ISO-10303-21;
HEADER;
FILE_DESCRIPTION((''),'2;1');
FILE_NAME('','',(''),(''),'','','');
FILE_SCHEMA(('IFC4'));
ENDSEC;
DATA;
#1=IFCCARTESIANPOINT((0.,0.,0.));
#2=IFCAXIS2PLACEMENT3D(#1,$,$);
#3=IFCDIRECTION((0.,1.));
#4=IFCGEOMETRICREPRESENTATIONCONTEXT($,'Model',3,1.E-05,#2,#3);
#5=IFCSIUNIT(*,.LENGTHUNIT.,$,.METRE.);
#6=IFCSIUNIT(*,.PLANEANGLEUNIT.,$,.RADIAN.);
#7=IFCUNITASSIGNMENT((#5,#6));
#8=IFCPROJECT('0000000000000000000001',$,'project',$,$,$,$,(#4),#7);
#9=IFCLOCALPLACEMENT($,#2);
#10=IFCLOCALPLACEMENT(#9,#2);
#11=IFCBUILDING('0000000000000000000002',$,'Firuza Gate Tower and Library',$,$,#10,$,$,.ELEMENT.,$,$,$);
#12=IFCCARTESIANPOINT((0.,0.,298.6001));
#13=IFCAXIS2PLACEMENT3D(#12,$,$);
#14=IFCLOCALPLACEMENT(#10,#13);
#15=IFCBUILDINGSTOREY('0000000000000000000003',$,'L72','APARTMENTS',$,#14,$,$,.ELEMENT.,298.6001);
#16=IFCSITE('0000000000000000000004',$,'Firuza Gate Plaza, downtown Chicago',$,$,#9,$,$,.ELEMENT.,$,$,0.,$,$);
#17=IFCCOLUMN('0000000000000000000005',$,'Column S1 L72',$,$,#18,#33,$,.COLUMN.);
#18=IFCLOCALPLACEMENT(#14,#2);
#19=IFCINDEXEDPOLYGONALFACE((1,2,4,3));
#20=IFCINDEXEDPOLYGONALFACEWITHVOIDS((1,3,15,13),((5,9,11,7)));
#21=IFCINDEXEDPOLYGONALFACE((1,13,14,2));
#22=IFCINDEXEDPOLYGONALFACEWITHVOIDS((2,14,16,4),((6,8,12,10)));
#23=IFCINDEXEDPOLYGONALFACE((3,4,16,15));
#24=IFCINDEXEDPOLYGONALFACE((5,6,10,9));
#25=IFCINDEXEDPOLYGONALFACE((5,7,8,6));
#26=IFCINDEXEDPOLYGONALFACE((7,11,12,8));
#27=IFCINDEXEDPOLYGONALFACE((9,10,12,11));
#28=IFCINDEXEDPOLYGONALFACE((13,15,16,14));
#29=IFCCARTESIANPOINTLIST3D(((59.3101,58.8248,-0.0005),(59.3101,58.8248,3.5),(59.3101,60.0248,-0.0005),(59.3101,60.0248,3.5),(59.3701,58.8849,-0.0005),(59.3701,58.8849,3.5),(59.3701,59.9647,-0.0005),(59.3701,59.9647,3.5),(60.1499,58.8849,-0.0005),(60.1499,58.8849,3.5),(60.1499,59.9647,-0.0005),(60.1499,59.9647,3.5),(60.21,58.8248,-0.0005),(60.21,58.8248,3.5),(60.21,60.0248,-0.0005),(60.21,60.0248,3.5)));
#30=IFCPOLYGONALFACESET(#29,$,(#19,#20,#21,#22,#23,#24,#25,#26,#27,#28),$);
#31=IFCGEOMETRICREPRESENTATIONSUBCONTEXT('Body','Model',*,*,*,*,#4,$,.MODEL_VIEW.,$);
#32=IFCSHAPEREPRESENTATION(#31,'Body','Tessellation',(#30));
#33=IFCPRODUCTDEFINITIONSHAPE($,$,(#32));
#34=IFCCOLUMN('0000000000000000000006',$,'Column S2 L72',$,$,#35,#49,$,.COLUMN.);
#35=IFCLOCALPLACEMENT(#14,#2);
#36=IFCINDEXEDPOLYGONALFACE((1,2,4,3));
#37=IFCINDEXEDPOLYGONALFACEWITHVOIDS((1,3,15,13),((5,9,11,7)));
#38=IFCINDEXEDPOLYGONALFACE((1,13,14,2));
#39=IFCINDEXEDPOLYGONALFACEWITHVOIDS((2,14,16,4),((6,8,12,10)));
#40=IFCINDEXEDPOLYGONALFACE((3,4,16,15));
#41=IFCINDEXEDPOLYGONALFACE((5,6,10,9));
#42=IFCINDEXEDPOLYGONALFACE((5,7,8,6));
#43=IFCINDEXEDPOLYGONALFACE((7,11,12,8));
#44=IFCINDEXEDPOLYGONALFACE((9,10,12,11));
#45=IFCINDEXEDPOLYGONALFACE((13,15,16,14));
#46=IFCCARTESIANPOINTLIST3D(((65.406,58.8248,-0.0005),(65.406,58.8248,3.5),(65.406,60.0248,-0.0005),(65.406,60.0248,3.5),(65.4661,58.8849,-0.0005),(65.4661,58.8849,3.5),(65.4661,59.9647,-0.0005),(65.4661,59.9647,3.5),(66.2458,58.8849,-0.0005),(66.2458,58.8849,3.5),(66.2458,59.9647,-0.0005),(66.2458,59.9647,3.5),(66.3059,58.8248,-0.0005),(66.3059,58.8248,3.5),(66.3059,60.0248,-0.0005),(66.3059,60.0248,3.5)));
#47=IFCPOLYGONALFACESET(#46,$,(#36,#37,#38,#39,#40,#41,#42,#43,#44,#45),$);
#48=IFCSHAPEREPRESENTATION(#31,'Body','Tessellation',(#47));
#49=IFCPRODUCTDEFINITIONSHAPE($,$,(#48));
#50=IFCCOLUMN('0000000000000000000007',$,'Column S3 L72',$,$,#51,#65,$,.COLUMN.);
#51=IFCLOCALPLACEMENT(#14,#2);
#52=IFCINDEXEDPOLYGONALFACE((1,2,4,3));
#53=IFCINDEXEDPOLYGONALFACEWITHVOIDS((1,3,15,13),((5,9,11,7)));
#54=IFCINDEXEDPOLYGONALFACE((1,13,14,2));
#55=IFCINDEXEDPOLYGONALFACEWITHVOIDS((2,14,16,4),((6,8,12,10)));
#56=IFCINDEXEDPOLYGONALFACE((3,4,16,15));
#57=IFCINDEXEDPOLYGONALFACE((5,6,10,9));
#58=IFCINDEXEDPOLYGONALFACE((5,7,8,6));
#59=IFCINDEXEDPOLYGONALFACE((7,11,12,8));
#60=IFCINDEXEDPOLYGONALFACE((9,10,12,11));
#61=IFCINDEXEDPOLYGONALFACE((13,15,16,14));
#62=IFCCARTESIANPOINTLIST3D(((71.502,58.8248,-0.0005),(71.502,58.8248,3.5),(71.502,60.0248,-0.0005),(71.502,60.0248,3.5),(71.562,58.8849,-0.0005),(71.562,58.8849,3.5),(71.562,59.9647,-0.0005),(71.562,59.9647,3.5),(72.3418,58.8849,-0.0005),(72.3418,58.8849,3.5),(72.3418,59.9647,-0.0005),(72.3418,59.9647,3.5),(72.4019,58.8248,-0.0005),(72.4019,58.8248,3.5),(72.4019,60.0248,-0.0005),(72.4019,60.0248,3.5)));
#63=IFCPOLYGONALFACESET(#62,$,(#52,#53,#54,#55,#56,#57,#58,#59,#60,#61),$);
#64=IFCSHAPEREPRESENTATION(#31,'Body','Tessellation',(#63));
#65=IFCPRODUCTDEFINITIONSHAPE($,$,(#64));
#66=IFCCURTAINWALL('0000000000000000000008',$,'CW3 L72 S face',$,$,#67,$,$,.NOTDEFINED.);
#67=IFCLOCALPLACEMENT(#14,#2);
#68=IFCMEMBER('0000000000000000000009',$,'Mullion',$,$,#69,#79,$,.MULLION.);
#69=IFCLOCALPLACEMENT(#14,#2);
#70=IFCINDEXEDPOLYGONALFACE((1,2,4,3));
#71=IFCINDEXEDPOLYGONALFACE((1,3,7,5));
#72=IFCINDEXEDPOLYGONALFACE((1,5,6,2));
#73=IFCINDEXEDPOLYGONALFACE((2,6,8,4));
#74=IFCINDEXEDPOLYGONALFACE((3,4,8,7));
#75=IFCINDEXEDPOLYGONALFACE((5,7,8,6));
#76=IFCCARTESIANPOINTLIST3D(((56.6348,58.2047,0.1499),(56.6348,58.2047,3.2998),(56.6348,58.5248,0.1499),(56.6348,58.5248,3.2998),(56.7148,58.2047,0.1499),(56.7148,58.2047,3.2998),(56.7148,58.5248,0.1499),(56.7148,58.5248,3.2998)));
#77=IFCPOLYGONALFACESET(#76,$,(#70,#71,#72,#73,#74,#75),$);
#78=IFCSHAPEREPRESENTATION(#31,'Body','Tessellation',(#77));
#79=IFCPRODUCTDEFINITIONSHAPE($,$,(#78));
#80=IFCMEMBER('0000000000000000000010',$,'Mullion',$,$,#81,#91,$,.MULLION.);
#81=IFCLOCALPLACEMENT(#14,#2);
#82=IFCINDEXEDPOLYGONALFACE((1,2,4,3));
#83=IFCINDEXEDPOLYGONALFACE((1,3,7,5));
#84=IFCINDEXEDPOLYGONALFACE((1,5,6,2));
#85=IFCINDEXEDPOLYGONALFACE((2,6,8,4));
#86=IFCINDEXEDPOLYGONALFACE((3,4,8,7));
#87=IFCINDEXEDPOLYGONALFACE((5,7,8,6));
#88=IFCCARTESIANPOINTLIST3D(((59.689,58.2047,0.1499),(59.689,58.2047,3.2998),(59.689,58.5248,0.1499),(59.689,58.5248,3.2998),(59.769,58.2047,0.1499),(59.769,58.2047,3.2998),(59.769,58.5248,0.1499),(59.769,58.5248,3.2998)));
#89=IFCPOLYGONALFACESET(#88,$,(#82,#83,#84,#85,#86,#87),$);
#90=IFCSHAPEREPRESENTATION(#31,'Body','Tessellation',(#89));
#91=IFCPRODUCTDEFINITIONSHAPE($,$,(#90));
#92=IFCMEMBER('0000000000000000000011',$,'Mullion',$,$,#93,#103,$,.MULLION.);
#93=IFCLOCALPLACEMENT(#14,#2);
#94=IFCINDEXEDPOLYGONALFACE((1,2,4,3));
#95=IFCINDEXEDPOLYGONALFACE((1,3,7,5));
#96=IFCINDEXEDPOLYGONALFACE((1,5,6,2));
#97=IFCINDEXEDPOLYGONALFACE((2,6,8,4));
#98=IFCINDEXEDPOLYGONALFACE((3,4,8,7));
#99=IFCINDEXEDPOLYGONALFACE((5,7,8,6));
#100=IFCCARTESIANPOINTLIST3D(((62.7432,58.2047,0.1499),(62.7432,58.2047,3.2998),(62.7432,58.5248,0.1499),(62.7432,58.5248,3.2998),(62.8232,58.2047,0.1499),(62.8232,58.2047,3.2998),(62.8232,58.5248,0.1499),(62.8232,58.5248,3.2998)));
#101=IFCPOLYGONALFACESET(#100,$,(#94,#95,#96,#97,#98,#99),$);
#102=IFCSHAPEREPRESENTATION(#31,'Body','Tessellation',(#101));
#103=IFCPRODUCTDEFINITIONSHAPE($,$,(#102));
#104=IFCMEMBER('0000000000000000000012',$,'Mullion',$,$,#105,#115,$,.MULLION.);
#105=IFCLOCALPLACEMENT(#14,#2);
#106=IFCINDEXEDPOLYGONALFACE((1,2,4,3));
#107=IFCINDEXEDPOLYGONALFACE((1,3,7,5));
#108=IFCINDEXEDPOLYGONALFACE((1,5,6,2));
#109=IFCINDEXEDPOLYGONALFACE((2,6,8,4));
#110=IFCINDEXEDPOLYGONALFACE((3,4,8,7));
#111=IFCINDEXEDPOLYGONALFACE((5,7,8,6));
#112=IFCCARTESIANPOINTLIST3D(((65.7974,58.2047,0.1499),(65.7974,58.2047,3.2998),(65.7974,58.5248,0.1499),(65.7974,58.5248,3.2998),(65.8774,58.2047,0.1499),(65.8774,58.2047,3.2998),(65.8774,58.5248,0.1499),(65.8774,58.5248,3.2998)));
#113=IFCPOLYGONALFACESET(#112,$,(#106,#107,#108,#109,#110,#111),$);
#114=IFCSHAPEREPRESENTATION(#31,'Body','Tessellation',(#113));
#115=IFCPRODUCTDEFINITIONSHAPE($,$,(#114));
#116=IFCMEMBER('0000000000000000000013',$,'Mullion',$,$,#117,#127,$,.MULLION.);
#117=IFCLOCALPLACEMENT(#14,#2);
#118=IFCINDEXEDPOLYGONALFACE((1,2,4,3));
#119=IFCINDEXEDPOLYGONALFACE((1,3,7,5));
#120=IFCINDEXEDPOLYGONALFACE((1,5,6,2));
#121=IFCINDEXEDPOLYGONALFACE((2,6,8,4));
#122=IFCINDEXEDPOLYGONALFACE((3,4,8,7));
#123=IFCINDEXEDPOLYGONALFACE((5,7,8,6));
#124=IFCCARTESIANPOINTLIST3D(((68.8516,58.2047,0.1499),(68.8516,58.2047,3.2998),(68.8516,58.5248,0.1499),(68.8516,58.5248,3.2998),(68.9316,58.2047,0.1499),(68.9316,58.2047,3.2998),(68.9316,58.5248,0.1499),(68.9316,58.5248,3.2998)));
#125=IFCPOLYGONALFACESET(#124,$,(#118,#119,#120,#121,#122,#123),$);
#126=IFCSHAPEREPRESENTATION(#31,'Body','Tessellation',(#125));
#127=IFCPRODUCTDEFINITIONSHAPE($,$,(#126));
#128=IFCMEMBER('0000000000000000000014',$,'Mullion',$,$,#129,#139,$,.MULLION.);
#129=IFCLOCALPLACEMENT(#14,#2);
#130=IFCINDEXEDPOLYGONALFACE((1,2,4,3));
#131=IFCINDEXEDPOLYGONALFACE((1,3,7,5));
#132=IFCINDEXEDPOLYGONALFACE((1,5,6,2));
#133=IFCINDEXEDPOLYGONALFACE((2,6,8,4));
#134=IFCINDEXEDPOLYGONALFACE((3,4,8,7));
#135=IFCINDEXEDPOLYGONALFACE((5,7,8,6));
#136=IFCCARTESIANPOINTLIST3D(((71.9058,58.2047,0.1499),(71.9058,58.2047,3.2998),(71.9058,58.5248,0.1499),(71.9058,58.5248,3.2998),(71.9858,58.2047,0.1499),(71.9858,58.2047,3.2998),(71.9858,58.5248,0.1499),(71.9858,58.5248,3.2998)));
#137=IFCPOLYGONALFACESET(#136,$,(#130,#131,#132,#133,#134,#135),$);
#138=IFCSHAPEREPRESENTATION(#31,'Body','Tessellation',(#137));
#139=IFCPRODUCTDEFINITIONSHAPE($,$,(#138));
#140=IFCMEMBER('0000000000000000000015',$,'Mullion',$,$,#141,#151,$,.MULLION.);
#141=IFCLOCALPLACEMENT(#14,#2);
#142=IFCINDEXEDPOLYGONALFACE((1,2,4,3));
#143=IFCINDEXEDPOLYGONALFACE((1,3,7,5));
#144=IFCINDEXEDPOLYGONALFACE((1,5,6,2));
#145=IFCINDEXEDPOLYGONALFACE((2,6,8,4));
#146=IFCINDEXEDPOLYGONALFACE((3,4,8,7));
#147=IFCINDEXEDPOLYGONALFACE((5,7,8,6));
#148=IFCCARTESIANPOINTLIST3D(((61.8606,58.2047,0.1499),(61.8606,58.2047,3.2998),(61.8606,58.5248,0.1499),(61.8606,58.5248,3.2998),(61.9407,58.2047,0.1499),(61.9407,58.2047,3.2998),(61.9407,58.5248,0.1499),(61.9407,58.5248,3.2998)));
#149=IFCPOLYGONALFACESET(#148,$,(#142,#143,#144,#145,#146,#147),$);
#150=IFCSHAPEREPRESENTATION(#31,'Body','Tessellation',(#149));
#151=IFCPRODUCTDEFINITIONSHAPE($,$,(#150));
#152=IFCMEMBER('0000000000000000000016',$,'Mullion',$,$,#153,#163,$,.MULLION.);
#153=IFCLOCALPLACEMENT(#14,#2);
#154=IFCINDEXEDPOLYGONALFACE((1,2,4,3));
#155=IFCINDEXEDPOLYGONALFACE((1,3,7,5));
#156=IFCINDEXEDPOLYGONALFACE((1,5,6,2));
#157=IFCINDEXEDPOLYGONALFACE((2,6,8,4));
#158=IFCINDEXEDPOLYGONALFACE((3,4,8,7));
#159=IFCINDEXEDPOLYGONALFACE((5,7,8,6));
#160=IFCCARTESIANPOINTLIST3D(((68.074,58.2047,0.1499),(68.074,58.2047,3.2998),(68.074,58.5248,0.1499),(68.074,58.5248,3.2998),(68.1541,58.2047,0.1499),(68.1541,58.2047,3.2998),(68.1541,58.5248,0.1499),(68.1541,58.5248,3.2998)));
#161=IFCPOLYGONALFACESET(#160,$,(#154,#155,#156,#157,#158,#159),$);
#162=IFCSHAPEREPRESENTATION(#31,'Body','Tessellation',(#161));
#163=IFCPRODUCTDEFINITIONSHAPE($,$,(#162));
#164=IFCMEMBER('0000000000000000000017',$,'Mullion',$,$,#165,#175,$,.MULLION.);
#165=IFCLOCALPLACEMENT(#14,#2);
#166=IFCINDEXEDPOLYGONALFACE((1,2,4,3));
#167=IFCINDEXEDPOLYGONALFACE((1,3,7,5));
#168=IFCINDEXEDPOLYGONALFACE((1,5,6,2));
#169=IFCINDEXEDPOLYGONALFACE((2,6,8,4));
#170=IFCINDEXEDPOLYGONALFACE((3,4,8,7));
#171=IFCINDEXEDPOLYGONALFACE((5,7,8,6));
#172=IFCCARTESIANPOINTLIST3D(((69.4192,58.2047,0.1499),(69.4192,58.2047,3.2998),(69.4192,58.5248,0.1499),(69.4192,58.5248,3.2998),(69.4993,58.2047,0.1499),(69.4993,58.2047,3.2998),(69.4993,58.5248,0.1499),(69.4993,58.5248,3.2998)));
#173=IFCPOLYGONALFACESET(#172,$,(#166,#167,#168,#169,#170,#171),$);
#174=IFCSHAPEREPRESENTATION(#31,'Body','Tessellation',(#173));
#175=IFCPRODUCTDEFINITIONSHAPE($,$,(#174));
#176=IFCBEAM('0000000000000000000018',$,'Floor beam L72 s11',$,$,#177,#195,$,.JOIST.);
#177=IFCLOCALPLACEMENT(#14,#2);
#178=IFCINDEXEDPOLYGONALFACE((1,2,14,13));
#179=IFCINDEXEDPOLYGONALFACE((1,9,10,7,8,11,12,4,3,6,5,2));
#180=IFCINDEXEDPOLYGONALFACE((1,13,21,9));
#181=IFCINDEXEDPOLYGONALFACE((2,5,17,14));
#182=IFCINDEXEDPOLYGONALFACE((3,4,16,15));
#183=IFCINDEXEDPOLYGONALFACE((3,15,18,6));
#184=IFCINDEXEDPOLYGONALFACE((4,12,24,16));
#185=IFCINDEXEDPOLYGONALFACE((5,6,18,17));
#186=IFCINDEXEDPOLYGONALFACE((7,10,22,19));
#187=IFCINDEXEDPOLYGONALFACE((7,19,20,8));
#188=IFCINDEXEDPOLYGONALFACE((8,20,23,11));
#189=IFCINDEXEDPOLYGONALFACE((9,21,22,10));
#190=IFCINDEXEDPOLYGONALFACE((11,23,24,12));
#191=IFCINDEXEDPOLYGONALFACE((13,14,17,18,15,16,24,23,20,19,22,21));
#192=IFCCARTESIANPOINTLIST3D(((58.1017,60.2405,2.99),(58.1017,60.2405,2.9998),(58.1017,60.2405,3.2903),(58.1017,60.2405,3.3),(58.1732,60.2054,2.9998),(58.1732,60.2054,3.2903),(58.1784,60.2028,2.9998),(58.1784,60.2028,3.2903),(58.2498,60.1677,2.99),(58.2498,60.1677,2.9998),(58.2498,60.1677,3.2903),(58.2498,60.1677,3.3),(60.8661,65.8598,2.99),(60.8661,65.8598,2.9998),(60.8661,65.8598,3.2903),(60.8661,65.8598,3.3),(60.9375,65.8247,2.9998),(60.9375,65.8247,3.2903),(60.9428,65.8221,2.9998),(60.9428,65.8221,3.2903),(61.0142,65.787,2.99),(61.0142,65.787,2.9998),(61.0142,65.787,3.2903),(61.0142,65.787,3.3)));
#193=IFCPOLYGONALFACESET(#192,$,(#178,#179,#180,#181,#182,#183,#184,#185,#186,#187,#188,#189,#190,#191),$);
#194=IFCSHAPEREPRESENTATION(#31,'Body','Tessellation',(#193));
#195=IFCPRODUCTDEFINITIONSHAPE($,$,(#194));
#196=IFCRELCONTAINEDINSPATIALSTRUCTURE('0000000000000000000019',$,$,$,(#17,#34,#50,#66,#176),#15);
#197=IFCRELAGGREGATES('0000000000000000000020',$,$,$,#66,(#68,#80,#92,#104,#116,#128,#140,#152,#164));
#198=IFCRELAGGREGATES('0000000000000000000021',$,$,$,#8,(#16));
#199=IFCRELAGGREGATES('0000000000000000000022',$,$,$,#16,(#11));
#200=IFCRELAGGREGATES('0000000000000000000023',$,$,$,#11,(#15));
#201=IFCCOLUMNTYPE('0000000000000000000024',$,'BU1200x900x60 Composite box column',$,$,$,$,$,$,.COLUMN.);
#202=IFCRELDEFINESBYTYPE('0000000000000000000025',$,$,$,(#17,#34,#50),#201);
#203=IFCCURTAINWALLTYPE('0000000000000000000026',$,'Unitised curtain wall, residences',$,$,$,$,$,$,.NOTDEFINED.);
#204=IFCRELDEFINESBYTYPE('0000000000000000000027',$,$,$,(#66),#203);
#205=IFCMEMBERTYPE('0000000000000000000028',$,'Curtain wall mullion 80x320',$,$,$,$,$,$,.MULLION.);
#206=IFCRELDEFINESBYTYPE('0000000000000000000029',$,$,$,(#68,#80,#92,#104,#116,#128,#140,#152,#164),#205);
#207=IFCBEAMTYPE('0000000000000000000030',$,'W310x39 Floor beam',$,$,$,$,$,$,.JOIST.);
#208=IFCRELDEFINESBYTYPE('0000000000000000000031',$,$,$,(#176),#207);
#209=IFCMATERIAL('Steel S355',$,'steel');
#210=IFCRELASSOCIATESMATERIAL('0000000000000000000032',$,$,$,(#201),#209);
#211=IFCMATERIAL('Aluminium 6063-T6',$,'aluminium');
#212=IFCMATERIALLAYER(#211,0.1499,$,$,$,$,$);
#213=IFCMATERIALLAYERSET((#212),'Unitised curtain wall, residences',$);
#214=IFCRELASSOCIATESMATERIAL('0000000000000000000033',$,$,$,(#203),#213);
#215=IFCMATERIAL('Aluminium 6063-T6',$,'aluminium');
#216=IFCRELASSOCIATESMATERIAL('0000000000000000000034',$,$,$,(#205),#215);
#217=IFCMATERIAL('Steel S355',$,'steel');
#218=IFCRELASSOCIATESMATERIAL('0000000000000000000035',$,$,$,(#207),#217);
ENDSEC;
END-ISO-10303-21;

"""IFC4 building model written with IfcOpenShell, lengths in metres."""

from ifc_helpers import new_model, si_unit, direction, frame, origin, origin_2d, place, context, subcontext, project, spatial, rectangle, hollow_rectangle, i_section, extrude, material, layer, layer_set, material_profile, profile_set, type_object, element, aggregate, save


model = new_model("IFC4")

# Units and contexts
model_context = context("Model", 3, precision=1e-05, world=origin(), true_north=direction((0.0, 1.0)))
body_context = subcontext(model_context, "Body", "Model", "MODEL_VIEW")
ifc_project = project(units=[si_unit("LENGTHUNIT", "METRE"), si_unit("PLANEANGLEUNIT", "RADIAN")], contexts=[model_context])

# Site, building, storey
site_placement = place(None, origin())
site = spatial("IfcSite", under=ifc_project, at=site_placement, Name="Firuza Gate Plaza, downtown Chicago", CompositionType="ELEMENT", RefElevation=0.0)
building_placement = place(site_placement, origin())
building = spatial("IfcBuilding", under=site, at=building_placement, Name="Firuza Gate Tower and Library", CompositionType="ELEMENT")
storey_placement = place(building_placement, frame((0.0, 0.0, 298.6001)))
storey = spatial("IfcBuildingStorey", under=building, at=storey_placement, Name="L72", Description="APARTMENTS", CompositionType="ELEMENT", Elevation=298.6001)

# Columns
ifc_material_1 = material(Name="Steel S355", Category="steel")
ifc_material_profile_1 = material_profile(ifc_material_1, hollow_rectangle(XDim=0.8999, YDim=1.2, WallThickness=0.0601, at=origin_2d()))
ifc_profile_set_1 = profile_set([ifc_material_profile_1], Name="Steel S355")
column_type = type_object("IfcColumnType", Name="BU1200x900x60 Composite box column", PredefinedType="COLUMN", material=ifc_profile_set_1)
for number, where, z_axis, x_axis, name in (
    (1, (59.76, 59.4248, -0.0005), (0.0, 0.0, 1.0), (1.0, 0.0, 0.0), "Column S1 L72"),
    (2, (65.856, 59.4248, -0.0005), (0.0, 0.0, 1.0), (1.0, 0.0, 0.0), "Column S2 L72"),
    (3, (71.9519, 59.4248, -0.0005), (0.0, 0.0, 1.0), (1.0, 0.0, 0.0), "Column S3 L72"),
):
    element("IfcColumn", number, at=place(storey_placement, frame(where, z_axis=z_axis, x_axis=x_axis)), inside=storey, type_object=column_type, Name=name, PredefinedType="COLUMN", context=body_context, shape_type="SweptSolid", body=[
        extrude(hollow_rectangle(XDim=0.8999, YDim=1.2, WallThickness=0.0601, at=origin_2d()), origin(), (0.0, 0.0, 1.0), 3.5005),
    ])

# Curtain wall, members
ifc_material_2 = material(Name="Aluminium 6063-T6", Category="aluminium")
ifc_layer_1 = layer(ifc_material_2, 0.1499)
ifc_layer_set_1 = layer_set([ifc_layer_1], Name="Unitised curtain wall, residences")
curtain_wall_type = type_object("IfcCurtainWallType", Name="Unitised curtain wall, residences", PredefinedType="NOTDEFINED", material=ifc_layer_set_1)
curtain_wall_placement = place(storey_placement, origin())
curtain_wall = element("IfcCurtainWall", 4, at=curtain_wall_placement, inside=storey, type_object=curtain_wall_type, Name="CW3 L72 S face", PredefinedType="NOTDEFINED")
ifc_material_3 = material(Name="Aluminium 6063-T6", Category="aluminium")
ifc_material_profile_2 = material_profile(ifc_material_3, rectangle(XDim=0.3201, YDim=0.0801, at=origin_2d()))
ifc_profile_set_2 = profile_set([ifc_material_profile_2], Name="Aluminium 6063-T6")
member_type = type_object("IfcMemberType", Name="Curtain wall mullion 80x320", PredefinedType="MULLION", material=ifc_profile_set_2)
member_1_placement = place(storey_placement, frame((56.6748, 58.3647, 0.1499), z_axis=(0.0, 0.0, 1.0), x_axis=(0.0, 1.0, 0.0)))
member_1 = element("IfcMember", 5, at=member_1_placement, type_object=member_type, Name="Mullion", PredefinedType="MULLION", context=body_context, shape_type="SweptSolid", body=[
    extrude(rectangle(XDim=0.3201, YDim=0.0801, at=origin_2d()), origin(), (0.0, 0.0, 1.0), 3.1499),
])
member_2_placement = place(storey_placement, frame((59.729, 58.3647, 0.1499), z_axis=(0.0, 0.0, 1.0), x_axis=(0.0, 1.0, 0.0)))
member_2 = element("IfcMember", 6, at=member_2_placement, type_object=member_type, Name="Mullion", PredefinedType="MULLION", context=body_context, shape_type="SweptSolid", body=[
    extrude(rectangle(XDim=0.3201, YDim=0.0801, at=origin_2d()), origin(), (0.0, 0.0, 1.0), 3.1499),
])
member_3_placement = place(storey_placement, frame((62.7832, 58.3647, 0.1499), z_axis=(0.0, 0.0, 1.0), x_axis=(0.0, 1.0, 0.0)))
member_3 = element("IfcMember", 7, at=member_3_placement, type_object=member_type, Name="Mullion", PredefinedType="MULLION", context=body_context, shape_type="SweptSolid", body=[
    extrude(rectangle(XDim=0.3201, YDim=0.0801, at=origin_2d()), origin(), (0.0, 0.0, 1.0), 3.1499),
])
member_4_placement = place(storey_placement, frame((65.8374, 58.3647, 0.1499), z_axis=(0.0, 0.0, 1.0), x_axis=(0.0, 1.0, 0.0)))
member_4 = element("IfcMember", 8, at=member_4_placement, type_object=member_type, Name="Mullion", PredefinedType="MULLION", context=body_context, shape_type="SweptSolid", body=[
    extrude(rectangle(XDim=0.3201, YDim=0.0801, at=origin_2d()), origin(), (0.0, 0.0, 1.0), 3.1499),
])
member_5_placement = place(storey_placement, frame((68.8916, 58.3647, 0.1499), z_axis=(0.0, 0.0, 1.0), x_axis=(0.0, 1.0, 0.0)))
member_5 = element("IfcMember", 9, at=member_5_placement, type_object=member_type, Name="Mullion", PredefinedType="MULLION", context=body_context, shape_type="SweptSolid", body=[
    extrude(rectangle(XDim=0.3201, YDim=0.0801, at=origin_2d()), origin(), (0.0, 0.0, 1.0), 3.1499),
])
member_6_placement = place(storey_placement, frame((71.9458, 58.3647, 0.1499), z_axis=(0.0, 0.0, 1.0), x_axis=(0.0, 1.0, 0.0)))
member_6 = element("IfcMember", 10, at=member_6_placement, type_object=member_type, Name="Mullion", PredefinedType="MULLION", context=body_context, shape_type="SweptSolid", body=[
    extrude(rectangle(XDim=0.3201, YDim=0.0801, at=origin_2d()), origin(), (0.0, 0.0, 1.0), 3.1499),
])
member_7_placement = place(storey_placement, frame((61.9006, 58.3647, 0.1499), z_axis=(0.0, 0.0, 1.0), x_axis=(0.0, 1.0, 0.0)))
member_7 = element("IfcMember", 11, at=member_7_placement, type_object=member_type, Name="Mullion", PredefinedType="MULLION", context=body_context, shape_type="SweptSolid", body=[
    extrude(rectangle(XDim=0.3201, YDim=0.0801, at=origin_2d()), origin(), (0.0, 0.0, 1.0), 3.1499),
])
member_8_placement = place(storey_placement, frame((68.114, 58.3647, 0.1499), z_axis=(0.0, 0.0, 1.0), x_axis=(0.0, 1.0, 0.0)))
member_8 = element("IfcMember", 12, at=member_8_placement, type_object=member_type, Name="Mullion", PredefinedType="MULLION", context=body_context, shape_type="SweptSolid", body=[
    extrude(rectangle(XDim=0.3201, YDim=0.0801, at=origin_2d()), origin(), (0.0, 0.0, 1.0), 3.1499),
])
member_9_placement = place(storey_placement, frame((69.4592, 58.3647, 0.1499), z_axis=(0.0, 0.0, 1.0), x_axis=(0.0, 1.0, 0.0)))
member_9 = element("IfcMember", 13, at=member_9_placement, type_object=member_type, Name="Mullion", PredefinedType="MULLION", context=body_context, shape_type="SweptSolid", body=[
    extrude(rectangle(XDim=0.3201, YDim=0.0801, at=origin_2d()), origin(), (0.0, 0.0, 1.0), 3.1499),
])

# Beam
ifc_material_4 = material(Name="Steel S355", Category="steel")
ifc_material_profile_3 = material_profile(ifc_material_4, i_section(OverallWidth=0.165, OverallDepth=0.3101, WebThickness=0.0059, FlangeThickness=0.0098, at=origin_2d()))
ifc_profile_set_3 = profile_set([ifc_material_profile_3], Name="Steel S355")
beam_type_1 = type_object("IfcBeamType", Name="W310x39 Floor beam", PredefinedType="JOIST", material=ifc_profile_set_3)
beam_1_placement = place(storey_placement, frame((58.1758, 60.2041, 3.145), z_axis=(0.441419, 0.897301, 0.0), x_axis=(-0.897301, 0.441419, 0.0)))
element("IfcBeam", 14, at=beam_1_placement, inside=storey, type_object=beam_type_1, Name="Floor beam L72 s11", PredefinedType="JOIST", context=body_context, shape_type="SweptSolid", body=[
    extrude(i_section(OverallWidth=0.165, OverallDepth=0.3101, WebThickness=0.0059, FlangeThickness=0.0098, at=origin_2d()), origin(), (0.0, 0.0, 1.0), 6.2625),
])

aggregate(curtain_wall, [member_1, member_2, member_3, member_4, member_5, member_6, member_7, member_8, member_9])

save(model, "model.ifc")
